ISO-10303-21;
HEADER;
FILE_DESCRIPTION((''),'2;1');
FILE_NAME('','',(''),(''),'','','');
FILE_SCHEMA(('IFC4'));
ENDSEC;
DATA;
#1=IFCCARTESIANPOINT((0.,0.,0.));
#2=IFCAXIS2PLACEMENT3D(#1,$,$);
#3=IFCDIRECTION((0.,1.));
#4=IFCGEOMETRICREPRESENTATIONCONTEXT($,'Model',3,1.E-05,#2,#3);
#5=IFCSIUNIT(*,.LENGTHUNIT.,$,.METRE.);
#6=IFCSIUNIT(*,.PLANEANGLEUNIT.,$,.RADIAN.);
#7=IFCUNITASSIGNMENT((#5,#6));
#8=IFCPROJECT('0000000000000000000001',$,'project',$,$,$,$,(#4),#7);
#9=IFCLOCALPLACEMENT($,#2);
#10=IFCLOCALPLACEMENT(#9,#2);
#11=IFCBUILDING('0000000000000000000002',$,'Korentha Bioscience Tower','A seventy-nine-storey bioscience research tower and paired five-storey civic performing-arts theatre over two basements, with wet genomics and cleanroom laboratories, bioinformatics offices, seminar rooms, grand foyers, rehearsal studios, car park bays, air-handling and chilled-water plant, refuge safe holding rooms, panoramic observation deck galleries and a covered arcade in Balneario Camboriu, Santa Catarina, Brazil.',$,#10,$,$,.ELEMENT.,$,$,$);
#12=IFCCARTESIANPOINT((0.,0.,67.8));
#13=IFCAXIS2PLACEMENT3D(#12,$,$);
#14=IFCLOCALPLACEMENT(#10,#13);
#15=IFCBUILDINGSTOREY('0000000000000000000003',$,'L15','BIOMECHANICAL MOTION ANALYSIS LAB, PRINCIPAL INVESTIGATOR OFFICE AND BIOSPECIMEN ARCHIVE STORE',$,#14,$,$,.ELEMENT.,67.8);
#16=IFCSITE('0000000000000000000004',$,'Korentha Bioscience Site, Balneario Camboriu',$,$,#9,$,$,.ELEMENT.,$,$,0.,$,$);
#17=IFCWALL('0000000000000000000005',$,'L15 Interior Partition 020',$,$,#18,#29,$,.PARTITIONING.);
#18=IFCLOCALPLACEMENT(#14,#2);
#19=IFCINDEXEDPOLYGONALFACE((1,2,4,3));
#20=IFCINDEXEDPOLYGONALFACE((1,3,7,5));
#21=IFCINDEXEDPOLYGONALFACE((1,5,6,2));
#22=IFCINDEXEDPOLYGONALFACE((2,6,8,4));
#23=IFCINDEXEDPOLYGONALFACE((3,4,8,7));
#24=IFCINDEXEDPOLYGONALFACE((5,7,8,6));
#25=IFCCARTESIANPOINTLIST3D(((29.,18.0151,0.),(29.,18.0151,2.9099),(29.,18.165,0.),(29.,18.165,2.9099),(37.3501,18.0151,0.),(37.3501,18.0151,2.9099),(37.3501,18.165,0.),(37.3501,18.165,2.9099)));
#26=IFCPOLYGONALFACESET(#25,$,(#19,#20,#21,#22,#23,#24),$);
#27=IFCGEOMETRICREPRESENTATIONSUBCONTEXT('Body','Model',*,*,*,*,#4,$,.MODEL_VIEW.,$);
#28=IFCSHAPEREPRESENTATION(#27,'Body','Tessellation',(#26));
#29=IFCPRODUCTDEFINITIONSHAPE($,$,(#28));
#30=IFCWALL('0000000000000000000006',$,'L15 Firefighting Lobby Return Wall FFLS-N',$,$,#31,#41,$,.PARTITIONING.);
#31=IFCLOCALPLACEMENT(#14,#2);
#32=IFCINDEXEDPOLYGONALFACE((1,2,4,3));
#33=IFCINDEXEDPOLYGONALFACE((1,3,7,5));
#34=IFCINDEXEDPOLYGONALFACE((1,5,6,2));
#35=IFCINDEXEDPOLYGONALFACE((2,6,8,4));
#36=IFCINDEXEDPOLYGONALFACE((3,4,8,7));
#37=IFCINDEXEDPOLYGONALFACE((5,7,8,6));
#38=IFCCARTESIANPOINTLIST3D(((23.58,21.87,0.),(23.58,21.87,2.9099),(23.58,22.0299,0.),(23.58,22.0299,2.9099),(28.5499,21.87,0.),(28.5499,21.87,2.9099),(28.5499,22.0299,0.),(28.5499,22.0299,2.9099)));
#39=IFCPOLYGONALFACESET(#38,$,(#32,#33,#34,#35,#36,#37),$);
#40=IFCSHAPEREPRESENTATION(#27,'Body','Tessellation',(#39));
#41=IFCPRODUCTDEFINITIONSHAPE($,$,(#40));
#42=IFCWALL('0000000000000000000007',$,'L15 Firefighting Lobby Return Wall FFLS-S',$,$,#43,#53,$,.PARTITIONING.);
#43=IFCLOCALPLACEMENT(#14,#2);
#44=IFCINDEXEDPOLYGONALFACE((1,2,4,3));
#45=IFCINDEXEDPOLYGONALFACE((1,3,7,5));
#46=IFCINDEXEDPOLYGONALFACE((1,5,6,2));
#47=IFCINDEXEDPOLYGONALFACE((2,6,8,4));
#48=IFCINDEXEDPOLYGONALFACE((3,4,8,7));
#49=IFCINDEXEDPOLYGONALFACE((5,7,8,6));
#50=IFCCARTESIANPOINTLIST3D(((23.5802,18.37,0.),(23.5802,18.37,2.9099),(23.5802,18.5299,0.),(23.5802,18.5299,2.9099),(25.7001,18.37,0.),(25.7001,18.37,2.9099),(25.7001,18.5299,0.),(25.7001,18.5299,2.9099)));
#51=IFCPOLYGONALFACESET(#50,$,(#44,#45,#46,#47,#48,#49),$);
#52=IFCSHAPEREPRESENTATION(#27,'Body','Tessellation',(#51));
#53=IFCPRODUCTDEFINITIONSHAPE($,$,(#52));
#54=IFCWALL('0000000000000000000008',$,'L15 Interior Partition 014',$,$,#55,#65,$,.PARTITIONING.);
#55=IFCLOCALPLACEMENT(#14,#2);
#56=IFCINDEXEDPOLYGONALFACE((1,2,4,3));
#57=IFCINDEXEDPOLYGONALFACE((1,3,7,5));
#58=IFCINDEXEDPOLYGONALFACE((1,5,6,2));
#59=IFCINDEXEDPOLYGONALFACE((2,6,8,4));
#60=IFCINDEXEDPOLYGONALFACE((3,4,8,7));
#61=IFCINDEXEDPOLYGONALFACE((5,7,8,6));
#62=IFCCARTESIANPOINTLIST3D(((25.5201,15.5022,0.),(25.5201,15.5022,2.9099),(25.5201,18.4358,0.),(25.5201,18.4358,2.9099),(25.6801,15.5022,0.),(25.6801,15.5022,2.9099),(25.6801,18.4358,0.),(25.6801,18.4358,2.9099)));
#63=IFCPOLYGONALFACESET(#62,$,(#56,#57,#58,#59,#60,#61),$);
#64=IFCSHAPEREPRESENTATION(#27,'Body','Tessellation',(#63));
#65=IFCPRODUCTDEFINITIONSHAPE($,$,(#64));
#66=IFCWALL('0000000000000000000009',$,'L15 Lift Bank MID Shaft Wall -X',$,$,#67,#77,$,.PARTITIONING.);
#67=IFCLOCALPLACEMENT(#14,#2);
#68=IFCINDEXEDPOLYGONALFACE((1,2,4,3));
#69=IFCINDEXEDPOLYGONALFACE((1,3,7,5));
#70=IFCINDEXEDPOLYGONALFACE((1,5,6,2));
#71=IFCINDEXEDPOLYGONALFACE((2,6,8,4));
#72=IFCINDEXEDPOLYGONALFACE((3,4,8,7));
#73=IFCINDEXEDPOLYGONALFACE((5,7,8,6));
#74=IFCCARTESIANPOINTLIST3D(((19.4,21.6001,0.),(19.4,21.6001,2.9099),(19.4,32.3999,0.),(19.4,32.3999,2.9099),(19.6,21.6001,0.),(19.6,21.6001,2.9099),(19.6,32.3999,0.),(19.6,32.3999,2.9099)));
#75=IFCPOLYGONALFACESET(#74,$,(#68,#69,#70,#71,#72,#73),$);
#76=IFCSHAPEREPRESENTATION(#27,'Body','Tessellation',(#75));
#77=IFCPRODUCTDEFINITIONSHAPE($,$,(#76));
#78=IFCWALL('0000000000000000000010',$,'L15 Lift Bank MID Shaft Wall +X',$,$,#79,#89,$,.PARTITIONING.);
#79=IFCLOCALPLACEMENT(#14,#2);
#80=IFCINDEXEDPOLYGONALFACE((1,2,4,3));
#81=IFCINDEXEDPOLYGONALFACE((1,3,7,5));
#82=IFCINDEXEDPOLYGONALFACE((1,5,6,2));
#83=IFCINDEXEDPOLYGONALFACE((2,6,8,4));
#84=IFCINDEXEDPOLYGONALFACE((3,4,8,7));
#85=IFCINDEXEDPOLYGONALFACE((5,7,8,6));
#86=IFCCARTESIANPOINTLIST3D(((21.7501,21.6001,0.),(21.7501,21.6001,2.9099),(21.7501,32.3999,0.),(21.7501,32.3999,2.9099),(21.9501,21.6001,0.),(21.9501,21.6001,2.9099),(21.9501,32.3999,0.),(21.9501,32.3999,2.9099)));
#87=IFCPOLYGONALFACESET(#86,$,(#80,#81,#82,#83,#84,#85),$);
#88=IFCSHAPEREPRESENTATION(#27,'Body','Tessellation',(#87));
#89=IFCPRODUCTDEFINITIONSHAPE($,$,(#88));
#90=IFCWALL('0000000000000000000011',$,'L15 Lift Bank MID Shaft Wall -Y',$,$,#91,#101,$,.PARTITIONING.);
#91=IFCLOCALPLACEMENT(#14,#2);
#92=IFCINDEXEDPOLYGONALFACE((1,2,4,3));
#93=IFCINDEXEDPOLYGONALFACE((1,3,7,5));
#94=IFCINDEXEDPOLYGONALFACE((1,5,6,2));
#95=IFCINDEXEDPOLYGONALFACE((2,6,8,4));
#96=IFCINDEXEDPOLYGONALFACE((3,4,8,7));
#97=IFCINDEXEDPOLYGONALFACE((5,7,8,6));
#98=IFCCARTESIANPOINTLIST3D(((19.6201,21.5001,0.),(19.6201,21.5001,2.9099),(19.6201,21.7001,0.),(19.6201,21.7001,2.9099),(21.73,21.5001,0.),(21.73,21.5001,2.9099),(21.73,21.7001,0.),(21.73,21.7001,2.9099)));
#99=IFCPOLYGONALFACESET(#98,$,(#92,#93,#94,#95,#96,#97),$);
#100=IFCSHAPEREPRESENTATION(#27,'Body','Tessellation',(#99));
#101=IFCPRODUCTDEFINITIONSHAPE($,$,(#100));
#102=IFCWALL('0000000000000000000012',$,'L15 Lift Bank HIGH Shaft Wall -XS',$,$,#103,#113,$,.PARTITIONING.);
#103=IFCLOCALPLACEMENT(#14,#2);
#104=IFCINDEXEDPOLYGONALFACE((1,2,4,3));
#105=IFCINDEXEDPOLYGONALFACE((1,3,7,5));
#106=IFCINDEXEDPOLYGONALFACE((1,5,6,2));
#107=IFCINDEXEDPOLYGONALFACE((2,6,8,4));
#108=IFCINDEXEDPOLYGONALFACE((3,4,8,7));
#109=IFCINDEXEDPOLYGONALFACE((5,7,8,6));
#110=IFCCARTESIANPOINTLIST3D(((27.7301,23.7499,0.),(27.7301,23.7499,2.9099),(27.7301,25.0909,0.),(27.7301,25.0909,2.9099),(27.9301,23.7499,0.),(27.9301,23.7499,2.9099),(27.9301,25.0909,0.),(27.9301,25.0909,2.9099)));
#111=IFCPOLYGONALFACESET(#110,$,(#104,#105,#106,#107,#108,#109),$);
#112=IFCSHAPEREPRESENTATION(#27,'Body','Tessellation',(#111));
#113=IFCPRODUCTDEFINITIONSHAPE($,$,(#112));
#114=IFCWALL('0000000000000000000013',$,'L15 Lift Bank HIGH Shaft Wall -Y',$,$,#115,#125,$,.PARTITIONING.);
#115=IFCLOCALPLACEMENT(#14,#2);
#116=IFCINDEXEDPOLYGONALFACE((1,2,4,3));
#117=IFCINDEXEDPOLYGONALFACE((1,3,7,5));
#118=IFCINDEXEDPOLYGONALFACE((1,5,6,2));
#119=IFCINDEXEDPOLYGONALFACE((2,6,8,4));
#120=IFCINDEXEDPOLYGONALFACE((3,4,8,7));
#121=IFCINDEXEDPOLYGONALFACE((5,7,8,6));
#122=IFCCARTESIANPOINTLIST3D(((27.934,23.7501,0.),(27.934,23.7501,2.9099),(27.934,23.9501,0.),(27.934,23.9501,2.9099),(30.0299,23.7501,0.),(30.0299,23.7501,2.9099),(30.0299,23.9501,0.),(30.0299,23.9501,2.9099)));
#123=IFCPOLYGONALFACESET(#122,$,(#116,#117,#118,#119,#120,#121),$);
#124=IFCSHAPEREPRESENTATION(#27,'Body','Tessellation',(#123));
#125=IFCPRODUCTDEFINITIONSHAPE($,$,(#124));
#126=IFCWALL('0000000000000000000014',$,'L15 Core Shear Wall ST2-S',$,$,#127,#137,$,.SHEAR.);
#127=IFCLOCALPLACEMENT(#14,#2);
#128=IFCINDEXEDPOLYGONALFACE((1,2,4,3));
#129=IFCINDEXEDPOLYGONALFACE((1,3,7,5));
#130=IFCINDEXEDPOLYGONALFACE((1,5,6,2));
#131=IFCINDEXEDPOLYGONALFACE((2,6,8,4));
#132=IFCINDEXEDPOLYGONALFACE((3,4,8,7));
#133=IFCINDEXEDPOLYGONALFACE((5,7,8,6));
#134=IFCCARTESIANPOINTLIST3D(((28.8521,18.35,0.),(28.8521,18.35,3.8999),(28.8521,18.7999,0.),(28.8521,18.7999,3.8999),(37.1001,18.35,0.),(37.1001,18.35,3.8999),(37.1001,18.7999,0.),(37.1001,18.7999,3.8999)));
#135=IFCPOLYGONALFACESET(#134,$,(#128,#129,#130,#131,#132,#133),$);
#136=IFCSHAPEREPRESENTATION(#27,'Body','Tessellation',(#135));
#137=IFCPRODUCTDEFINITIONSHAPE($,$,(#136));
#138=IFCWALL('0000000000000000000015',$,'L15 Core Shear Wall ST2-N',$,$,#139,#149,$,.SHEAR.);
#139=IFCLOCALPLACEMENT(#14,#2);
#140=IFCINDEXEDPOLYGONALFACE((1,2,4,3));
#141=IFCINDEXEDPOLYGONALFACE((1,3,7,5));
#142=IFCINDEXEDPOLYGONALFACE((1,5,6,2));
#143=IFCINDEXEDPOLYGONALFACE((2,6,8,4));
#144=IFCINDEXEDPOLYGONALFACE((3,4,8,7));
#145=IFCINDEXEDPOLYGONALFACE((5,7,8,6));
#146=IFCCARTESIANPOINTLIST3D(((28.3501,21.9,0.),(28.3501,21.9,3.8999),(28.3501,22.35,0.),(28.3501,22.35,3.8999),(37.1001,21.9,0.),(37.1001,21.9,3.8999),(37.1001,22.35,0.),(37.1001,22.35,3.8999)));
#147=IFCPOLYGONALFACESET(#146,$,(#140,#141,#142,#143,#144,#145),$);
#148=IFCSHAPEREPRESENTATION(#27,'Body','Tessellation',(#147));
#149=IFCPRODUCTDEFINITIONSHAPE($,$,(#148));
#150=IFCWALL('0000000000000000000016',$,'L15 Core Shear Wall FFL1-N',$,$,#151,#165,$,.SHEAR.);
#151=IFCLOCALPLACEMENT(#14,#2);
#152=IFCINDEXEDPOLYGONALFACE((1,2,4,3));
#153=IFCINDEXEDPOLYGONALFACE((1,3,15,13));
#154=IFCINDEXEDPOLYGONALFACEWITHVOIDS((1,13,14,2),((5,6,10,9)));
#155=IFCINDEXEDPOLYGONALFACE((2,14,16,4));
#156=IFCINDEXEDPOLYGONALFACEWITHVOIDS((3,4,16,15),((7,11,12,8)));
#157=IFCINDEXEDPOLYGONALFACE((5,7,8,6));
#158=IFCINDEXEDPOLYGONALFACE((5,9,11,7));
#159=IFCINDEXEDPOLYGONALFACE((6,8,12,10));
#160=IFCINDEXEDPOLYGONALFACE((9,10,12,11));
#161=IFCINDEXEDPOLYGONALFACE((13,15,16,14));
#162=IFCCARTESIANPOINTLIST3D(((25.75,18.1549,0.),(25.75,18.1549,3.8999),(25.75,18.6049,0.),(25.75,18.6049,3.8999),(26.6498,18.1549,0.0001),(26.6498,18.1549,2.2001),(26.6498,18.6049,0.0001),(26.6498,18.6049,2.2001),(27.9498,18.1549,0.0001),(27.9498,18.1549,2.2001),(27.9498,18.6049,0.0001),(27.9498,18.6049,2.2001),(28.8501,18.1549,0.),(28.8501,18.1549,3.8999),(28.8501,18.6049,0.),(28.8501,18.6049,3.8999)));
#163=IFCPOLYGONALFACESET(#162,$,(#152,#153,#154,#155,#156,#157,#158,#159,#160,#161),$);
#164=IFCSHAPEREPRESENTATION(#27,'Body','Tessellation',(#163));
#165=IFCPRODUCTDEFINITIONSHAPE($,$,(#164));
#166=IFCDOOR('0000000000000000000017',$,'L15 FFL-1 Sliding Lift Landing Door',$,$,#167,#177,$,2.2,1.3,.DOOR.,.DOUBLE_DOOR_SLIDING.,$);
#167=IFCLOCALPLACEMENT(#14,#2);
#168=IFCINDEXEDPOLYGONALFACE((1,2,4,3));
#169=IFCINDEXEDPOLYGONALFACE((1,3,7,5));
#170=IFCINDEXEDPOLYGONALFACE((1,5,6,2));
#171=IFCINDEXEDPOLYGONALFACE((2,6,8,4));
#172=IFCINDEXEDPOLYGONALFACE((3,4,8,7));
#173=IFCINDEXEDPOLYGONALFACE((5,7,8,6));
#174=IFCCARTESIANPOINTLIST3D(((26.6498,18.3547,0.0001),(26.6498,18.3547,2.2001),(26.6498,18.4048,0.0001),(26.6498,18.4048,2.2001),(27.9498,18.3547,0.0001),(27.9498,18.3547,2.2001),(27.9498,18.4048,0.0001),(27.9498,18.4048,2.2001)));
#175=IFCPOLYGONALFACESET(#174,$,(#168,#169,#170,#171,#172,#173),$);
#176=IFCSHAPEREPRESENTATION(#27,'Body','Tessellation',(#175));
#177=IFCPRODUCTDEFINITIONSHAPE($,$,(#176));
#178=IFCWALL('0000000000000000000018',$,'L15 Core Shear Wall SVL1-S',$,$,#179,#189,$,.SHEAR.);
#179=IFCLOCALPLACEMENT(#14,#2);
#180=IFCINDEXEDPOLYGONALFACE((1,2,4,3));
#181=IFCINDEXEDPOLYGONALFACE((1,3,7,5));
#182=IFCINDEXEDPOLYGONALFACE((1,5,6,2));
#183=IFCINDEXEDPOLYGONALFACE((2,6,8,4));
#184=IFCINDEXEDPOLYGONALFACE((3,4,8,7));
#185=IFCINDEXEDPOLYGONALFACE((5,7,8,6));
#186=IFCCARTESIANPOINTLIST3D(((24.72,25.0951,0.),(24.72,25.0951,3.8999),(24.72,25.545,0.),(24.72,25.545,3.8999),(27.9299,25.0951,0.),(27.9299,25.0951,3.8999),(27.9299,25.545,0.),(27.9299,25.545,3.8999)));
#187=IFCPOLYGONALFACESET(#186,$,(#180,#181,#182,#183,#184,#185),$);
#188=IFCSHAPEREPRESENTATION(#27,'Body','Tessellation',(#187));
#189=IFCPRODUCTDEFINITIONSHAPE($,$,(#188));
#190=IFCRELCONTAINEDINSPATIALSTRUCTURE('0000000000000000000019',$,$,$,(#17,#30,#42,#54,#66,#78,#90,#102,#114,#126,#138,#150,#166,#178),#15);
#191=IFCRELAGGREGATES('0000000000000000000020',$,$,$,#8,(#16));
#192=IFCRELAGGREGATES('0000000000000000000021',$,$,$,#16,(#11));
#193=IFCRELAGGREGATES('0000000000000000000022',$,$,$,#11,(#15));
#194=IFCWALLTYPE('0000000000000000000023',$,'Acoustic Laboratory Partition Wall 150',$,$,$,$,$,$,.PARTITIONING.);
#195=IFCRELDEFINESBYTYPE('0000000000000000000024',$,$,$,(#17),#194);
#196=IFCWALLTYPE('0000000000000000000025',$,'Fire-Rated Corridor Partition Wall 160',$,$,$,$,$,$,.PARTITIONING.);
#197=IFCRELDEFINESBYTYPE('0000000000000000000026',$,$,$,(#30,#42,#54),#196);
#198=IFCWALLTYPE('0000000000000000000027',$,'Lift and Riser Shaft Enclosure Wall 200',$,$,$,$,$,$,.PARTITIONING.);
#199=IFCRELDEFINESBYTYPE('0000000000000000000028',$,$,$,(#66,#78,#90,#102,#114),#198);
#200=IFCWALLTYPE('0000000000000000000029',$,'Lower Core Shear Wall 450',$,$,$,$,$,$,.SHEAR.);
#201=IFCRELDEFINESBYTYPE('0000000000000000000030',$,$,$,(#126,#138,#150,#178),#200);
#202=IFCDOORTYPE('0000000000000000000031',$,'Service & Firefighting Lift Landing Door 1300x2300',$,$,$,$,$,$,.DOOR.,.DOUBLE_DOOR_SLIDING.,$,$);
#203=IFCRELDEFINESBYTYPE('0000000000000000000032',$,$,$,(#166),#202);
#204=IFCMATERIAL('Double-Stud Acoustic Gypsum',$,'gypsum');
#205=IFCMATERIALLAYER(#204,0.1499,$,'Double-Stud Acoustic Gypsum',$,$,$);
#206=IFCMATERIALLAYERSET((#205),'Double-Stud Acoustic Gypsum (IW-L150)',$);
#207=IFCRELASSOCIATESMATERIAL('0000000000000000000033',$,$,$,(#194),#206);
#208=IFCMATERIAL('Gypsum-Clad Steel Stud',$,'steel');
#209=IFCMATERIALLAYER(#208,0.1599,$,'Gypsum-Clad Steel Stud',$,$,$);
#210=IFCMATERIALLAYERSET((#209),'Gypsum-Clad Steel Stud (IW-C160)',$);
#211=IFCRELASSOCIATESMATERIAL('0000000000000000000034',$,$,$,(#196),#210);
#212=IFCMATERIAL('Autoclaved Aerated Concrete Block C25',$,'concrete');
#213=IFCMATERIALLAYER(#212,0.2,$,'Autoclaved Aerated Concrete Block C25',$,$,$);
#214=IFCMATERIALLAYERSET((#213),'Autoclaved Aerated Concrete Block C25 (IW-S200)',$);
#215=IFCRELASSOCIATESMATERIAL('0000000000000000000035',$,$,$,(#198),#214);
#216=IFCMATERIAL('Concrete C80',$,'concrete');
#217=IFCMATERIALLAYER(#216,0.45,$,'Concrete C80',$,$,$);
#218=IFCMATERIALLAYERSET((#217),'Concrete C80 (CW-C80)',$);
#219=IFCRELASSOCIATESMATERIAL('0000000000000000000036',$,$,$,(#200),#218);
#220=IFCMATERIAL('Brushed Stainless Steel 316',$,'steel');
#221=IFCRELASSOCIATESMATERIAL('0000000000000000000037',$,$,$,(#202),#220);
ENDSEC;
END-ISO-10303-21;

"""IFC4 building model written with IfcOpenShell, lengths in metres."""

from ifc_helpers import new_model, si_unit, direction, frame, frame_2d, origin, place, context, subcontext, project, spatial, rectangle, extrude, material, layer, layer_set, type_object, element, fill, save


model = new_model("IFC4")

# Units and contexts
model_context = context("Model", 3, precision=1e-05, world=origin(), true_north=direction((0.0, 1.0)))
body_context = subcontext(model_context, "Body", "Model", "MODEL_VIEW")
ifc_project = project(units=[si_unit("LENGTHUNIT", "METRE"), si_unit("PLANEANGLEUNIT", "RADIAN")], contexts=[model_context])

# Site, building, storey
site_placement = place(None, origin())
site = spatial("IfcSite", under=ifc_project, at=site_placement, Name="Korentha Bioscience Site, Balneario Camboriu", CompositionType="ELEMENT", RefElevation=0.0)
building_placement = place(site_placement, origin())
building = spatial("IfcBuilding", under=site, at=building_placement, Name="Korentha Bioscience Tower", Description="A seventy-nine-storey bioscience research tower and paired five-storey civic performing-arts theatre over two basements, with wet genomics and cleanroom laboratories, bioinformatics offices, seminar rooms, grand foyers, rehearsal studios, car park bays, air-handling and chilled-water plant, refuge safe holding rooms, panoramic observation deck galleries and a covered arcade in Balneario Camboriu, Santa Catarina, Brazil.", CompositionType="ELEMENT")
storey_placement = place(building_placement, frame((0.0, 0.0, 67.8)))
storey = spatial("IfcBuildingStorey", under=building, at=storey_placement, Name="L15", Description="BIOMECHANICAL MOTION ANALYSIS LAB, PRINCIPAL INVESTIGATOR OFFICE AND BIOSPECIMEN ARCHIVE STORE", CompositionType="ELEMENT", Elevation=67.8)

# Shared definitions
ifc_material_1 = material(Name="Concrete C80", Category="concrete")

# Wall
ifc_material_2 = material(Name="Double-Stud Acoustic Gypsum", Category="gypsum")
ifc_layer_1 = layer(ifc_material_2, 0.1499, Name="Double-Stud Acoustic Gypsum")
ifc_layer_set_1 = layer_set([ifc_layer_1], Name="Double-Stud Acoustic Gypsum (IW-L150)")
wall_type_1 = type_object("IfcWallType", Name="Acoustic Laboratory Partition Wall 150", PredefinedType="PARTITIONING", material=ifc_layer_set_1)
wall_1_placement = place(storey_placement, frame((29.0, 18.0901, 0.0), z_axis=(0.0, 0.0, 1.0), x_axis=(1.0, 0.0, 0.0)))
element("IfcWall", 1, at=wall_1_placement, inside=storey, type_object=wall_type_1, Name="L15 Interior Partition 020", PredefinedType="PARTITIONING", context=body_context, shape_type="SweptSolid", body=[
    extrude(rectangle(XDim=8.3501, YDim=0.1499, at=frame_2d((4.175, 0.0))), origin(), (0.0, 0.0, 1.0), 2.9099),
])

# Shared definitions
ifc_material_3 = material(Name="Gypsum-Clad Steel Stud", Category="steel")
ifc_layer_2 = layer(ifc_material_3, 0.1599, Name="Gypsum-Clad Steel Stud")
ifc_layer_set_2 = layer_set([ifc_layer_2], Name="Gypsum-Clad Steel Stud (IW-C160)")
wall_type_2 = type_object("IfcWallType", Name="Fire-Rated Corridor Partition Wall 160", PredefinedType="PARTITIONING", material=ifc_layer_set_2)

# Walls
wall_2_placement = place(storey_placement, frame((23.5801, 21.95, 0.0), z_axis=(0.0, 0.0, 1.0), x_axis=(1.0, 0.0, 0.0)))
element("IfcWall", 2, at=wall_2_placement, inside=storey, type_object=wall_type_2, Name="L15 Firefighting Lobby Return Wall FFLS-N", PredefinedType="PARTITIONING", context=body_context, shape_type="SweptSolid", body=[
    extrude(rectangle(XDim=4.97, YDim=0.1599, at=frame_2d((2.4849, 0.0))), origin(), (0.0, 0.0, 1.0), 2.9099),
])
wall_3_placement = place(storey_placement, frame((23.5801, 18.45, 0.0), z_axis=(0.0, 0.0, 1.0), x_axis=(1.0, 0.0, 0.0)))
element("IfcWall", 3, at=wall_3_placement, inside=storey, type_object=wall_type_2, Name="L15 Firefighting Lobby Return Wall FFLS-S", PredefinedType="PARTITIONING", context=body_context, shape_type="SweptSolid", body=[
    extrude(rectangle(XDim=2.1199, YDim=0.1599, at=frame_2d((1.0601, 0.0))), origin(), (0.0, 0.0, 1.0), 2.9099),
])
wall_4_placement = place(storey_placement, frame((25.6001, 18.4358, 0.0), z_axis=(0.0, 0.0, 1.0), x_axis=(0.0, -1.0, 0.0)))
element("IfcWall", 4, at=wall_4_placement, inside=storey, type_object=wall_type_2, Name="L15 Interior Partition 014", PredefinedType="PARTITIONING", context=body_context, shape_type="SweptSolid", body=[
    extrude(rectangle(XDim=2.9336, YDim=0.1599, at=frame_2d((1.4668, 0.0))), origin(), (0.0, 0.0, 1.0), 2.9099),
])
ifc_material_4 = material(Name="Autoclaved Aerated Concrete Block C25", Category="concrete")
ifc_layer_3 = layer(ifc_material_4, 0.2, Name="Autoclaved Aerated Concrete Block C25")
ifc_layer_set_3 = layer_set([ifc_layer_3], Name="Autoclaved Aerated Concrete Block C25 (IW-S200)")
wall_type_3 = type_object("IfcWallType", Name="Lift and Riser Shaft Enclosure Wall 200", PredefinedType="PARTITIONING", material=ifc_layer_set_3)
for number, where, z_axis, x_axis, name in (
    (5, (19.5, 21.6001, 0.0), (0.0, 0.0, 1.0), (0.0, 1.0, 0.0), "L15 Lift Bank MID Shaft Wall -X"),
    (6, (21.8501, 21.6001, 0.0), (0.0, 0.0, 1.0), (0.0, 1.0, 0.0), "L15 Lift Bank MID Shaft Wall +X"),
):
    element("IfcWall", number, at=place(storey_placement, frame(where, z_axis=z_axis, x_axis=x_axis)), inside=storey, type_object=wall_type_3, Name=name, PredefinedType="PARTITIONING", context=body_context, shape_type="SweptSolid", body=[
        extrude(rectangle(XDim=10.7998, YDim=0.2, at=frame_2d((5.3999, 0.0))), origin(), (0.0, 0.0, 1.0), 2.9099),
    ])
wall_5_placement = place(storey_placement, frame((19.6201, 21.6001, 0.0), z_axis=(0.0, 0.0, 1.0), x_axis=(1.0, 0.0, 0.0)))
element("IfcWall", 7, at=wall_5_placement, inside=storey, type_object=wall_type_3, Name="L15 Lift Bank MID Shaft Wall -Y", PredefinedType="PARTITIONING", context=body_context, shape_type="SweptSolid", body=[
    extrude(rectangle(XDim=2.1099, YDim=0.2, at=frame_2d((1.0549, 0.0))), origin(), (0.0, 0.0, 1.0), 2.9099),
])
wall_6_placement = place(storey_placement, frame((27.8301, 23.75, 0.0), z_axis=(0.0, 0.0, 1.0), x_axis=(0.0, 1.0, 0.0)))
element("IfcWall", 8, at=wall_6_placement, inside=storey, type_object=wall_type_3, Name="L15 Lift Bank HIGH Shaft Wall -XS", PredefinedType="PARTITIONING", context=body_context, shape_type="SweptSolid", body=[
    extrude(rectangle(XDim=1.3411, YDim=0.2, at=frame_2d((0.6704, 0.0))), origin(), (0.0, 0.0, 1.0), 2.9099),
])
wall_7_placement = place(storey_placement, frame((27.9341, 23.8501, 0.0), z_axis=(0.0, 0.0, 1.0), x_axis=(1.0, 0.0, 0.0)))
element("IfcWall", 9, at=wall_7_placement, inside=storey, type_object=wall_type_3, Name="L15 Lift Bank HIGH Shaft Wall -Y", PredefinedType="PARTITIONING", context=body_context, shape_type="SweptSolid", body=[
    extrude(rectangle(XDim=2.0959, YDim=0.2, at=frame_2d((1.0479, 0.0))), origin(), (0.0, 0.0, 1.0), 2.9099),
])
ifc_layer_4 = layer(ifc_material_1, 0.45, Name="Concrete C80")
ifc_layer_set_4 = layer_set([ifc_layer_4], Name="Concrete C80 (CW-C80)")
wall_type_4 = type_object("IfcWallType", Name="Lower Core Shear Wall 450", PredefinedType="SHEAR", material=ifc_layer_set_4)
wall_8_placement = place(storey_placement, frame((28.8521, 18.575, 0.0), z_axis=(0.0, 0.0, 1.0), x_axis=(1.0, 0.0, 0.0)))
element("IfcWall", 10, at=wall_8_placement, inside=storey, type_object=wall_type_4, Name="L15 Core Shear Wall ST2-S", PredefinedType="SHEAR", context=body_context, shape_type="SweptSolid", body=[
    extrude(rectangle(XDim=8.248, YDim=0.45, at=frame_2d((4.124, 0.0))), origin(), (0.0, 0.0, 1.0), 3.8999),
])
wall_9_placement = place(storey_placement, frame((28.3501, 22.125, 0.0), z_axis=(0.0, 0.0, 1.0), x_axis=(1.0, 0.0, 0.0)))
element("IfcWall", 11, at=wall_9_placement, inside=storey, type_object=wall_type_4, Name="L15 Core Shear Wall ST2-N", PredefinedType="SHEAR", context=body_context, shape_type="SweptSolid", body=[
    extrude(rectangle(XDim=8.75, YDim=0.45, at=frame_2d((4.375, 0.0))), origin(), (0.0, 0.0, 1.0), 3.8999),
])

# Wall, opening, door
wall_10_placement = place(storey_placement, frame((25.75, 18.3799, 0.0), z_axis=(0.0, 0.0, 1.0), x_axis=(1.0, 0.0, 0.0)))
wall_10 = element("IfcWall", 12, at=wall_10_placement, inside=storey, type_object=wall_type_4, Name="L15 Core Shear Wall FFL1-N", PredefinedType="SHEAR", context=body_context, shape_type="SweptSolid", body=[
    extrude(rectangle(XDim=3.1001, YDim=0.45, at=frame_2d((1.55, 0.0))), origin(), (0.0, 0.0, 1.0), 3.8999),
])
opening_1_placement = place(wall_10_placement, frame((0.8999, 0.0, 0.0)))
opening_1 = element("IfcOpeningElement", 13, at=opening_1_placement, cuts=wall_10, PredefinedType="OPENING", context=body_context, shape_type="SweptSolid", body=[
    extrude(rectangle(XDim=1.3, YDim=2.2, at=frame_2d((0.6499, 1.1001))), frame((0.0, 0.2397, 0.0), z_axis=(0.0, -1.0, 0.0), x_axis=(1.0, 0.0, 0.0)), (0.0, 0.0, 1.0), 0.4797),
])
ifc_material_5 = material(Name="Brushed Stainless Steel 316", Category="steel")
door_type_1 = type_object("IfcDoorType", Name="Service & Firefighting Lift Landing Door 1300x2300", OperationType="DOUBLE_DOOR_SLIDING", PredefinedType="DOOR", material=ifc_material_5)
door_1_placement = place(opening_1_placement, origin())
door_1 = element("IfcDoor", 14, at=door_1_placement, inside=storey, type_object=door_type_1, Name="L15 FFL-1 Sliding Lift Landing Door", OperationType="DOUBLE_DOOR_SLIDING", OverallHeight=2.2, OverallWidth=1.3, PredefinedType="DOOR", context=body_context, shape_type="SweptSolid", body=[
    extrude(rectangle(XDim=1.3, YDim=2.2, at=frame_2d((0.6499, 1.1001))), frame((0.0, 0.0249, 0.0), z_axis=(0.0, -1.0, 0.0), x_axis=(1.0, 0.0, 0.0)), (0.0, 0.0, 1.0), 0.05),
])
fill(opening_1, door_1)

# Wall
wall_11_placement = place(storey_placement, frame((24.72, 25.3201, 0.0), z_axis=(0.0, 0.0, 1.0), x_axis=(1.0, 0.0, 0.0)))
element("IfcWall", 15, at=wall_11_placement, inside=storey, type_object=wall_type_4, Name="L15 Core Shear Wall SVL1-S", PredefinedType="SHEAR", context=body_context, shape_type="SweptSolid", body=[
    extrude(rectangle(XDim=3.21, YDim=0.45, at=frame_2d((1.605, 0.0))), origin(), (0.0, 0.0, 1.0), 3.8999),
])

save(model, "model.ifc")
